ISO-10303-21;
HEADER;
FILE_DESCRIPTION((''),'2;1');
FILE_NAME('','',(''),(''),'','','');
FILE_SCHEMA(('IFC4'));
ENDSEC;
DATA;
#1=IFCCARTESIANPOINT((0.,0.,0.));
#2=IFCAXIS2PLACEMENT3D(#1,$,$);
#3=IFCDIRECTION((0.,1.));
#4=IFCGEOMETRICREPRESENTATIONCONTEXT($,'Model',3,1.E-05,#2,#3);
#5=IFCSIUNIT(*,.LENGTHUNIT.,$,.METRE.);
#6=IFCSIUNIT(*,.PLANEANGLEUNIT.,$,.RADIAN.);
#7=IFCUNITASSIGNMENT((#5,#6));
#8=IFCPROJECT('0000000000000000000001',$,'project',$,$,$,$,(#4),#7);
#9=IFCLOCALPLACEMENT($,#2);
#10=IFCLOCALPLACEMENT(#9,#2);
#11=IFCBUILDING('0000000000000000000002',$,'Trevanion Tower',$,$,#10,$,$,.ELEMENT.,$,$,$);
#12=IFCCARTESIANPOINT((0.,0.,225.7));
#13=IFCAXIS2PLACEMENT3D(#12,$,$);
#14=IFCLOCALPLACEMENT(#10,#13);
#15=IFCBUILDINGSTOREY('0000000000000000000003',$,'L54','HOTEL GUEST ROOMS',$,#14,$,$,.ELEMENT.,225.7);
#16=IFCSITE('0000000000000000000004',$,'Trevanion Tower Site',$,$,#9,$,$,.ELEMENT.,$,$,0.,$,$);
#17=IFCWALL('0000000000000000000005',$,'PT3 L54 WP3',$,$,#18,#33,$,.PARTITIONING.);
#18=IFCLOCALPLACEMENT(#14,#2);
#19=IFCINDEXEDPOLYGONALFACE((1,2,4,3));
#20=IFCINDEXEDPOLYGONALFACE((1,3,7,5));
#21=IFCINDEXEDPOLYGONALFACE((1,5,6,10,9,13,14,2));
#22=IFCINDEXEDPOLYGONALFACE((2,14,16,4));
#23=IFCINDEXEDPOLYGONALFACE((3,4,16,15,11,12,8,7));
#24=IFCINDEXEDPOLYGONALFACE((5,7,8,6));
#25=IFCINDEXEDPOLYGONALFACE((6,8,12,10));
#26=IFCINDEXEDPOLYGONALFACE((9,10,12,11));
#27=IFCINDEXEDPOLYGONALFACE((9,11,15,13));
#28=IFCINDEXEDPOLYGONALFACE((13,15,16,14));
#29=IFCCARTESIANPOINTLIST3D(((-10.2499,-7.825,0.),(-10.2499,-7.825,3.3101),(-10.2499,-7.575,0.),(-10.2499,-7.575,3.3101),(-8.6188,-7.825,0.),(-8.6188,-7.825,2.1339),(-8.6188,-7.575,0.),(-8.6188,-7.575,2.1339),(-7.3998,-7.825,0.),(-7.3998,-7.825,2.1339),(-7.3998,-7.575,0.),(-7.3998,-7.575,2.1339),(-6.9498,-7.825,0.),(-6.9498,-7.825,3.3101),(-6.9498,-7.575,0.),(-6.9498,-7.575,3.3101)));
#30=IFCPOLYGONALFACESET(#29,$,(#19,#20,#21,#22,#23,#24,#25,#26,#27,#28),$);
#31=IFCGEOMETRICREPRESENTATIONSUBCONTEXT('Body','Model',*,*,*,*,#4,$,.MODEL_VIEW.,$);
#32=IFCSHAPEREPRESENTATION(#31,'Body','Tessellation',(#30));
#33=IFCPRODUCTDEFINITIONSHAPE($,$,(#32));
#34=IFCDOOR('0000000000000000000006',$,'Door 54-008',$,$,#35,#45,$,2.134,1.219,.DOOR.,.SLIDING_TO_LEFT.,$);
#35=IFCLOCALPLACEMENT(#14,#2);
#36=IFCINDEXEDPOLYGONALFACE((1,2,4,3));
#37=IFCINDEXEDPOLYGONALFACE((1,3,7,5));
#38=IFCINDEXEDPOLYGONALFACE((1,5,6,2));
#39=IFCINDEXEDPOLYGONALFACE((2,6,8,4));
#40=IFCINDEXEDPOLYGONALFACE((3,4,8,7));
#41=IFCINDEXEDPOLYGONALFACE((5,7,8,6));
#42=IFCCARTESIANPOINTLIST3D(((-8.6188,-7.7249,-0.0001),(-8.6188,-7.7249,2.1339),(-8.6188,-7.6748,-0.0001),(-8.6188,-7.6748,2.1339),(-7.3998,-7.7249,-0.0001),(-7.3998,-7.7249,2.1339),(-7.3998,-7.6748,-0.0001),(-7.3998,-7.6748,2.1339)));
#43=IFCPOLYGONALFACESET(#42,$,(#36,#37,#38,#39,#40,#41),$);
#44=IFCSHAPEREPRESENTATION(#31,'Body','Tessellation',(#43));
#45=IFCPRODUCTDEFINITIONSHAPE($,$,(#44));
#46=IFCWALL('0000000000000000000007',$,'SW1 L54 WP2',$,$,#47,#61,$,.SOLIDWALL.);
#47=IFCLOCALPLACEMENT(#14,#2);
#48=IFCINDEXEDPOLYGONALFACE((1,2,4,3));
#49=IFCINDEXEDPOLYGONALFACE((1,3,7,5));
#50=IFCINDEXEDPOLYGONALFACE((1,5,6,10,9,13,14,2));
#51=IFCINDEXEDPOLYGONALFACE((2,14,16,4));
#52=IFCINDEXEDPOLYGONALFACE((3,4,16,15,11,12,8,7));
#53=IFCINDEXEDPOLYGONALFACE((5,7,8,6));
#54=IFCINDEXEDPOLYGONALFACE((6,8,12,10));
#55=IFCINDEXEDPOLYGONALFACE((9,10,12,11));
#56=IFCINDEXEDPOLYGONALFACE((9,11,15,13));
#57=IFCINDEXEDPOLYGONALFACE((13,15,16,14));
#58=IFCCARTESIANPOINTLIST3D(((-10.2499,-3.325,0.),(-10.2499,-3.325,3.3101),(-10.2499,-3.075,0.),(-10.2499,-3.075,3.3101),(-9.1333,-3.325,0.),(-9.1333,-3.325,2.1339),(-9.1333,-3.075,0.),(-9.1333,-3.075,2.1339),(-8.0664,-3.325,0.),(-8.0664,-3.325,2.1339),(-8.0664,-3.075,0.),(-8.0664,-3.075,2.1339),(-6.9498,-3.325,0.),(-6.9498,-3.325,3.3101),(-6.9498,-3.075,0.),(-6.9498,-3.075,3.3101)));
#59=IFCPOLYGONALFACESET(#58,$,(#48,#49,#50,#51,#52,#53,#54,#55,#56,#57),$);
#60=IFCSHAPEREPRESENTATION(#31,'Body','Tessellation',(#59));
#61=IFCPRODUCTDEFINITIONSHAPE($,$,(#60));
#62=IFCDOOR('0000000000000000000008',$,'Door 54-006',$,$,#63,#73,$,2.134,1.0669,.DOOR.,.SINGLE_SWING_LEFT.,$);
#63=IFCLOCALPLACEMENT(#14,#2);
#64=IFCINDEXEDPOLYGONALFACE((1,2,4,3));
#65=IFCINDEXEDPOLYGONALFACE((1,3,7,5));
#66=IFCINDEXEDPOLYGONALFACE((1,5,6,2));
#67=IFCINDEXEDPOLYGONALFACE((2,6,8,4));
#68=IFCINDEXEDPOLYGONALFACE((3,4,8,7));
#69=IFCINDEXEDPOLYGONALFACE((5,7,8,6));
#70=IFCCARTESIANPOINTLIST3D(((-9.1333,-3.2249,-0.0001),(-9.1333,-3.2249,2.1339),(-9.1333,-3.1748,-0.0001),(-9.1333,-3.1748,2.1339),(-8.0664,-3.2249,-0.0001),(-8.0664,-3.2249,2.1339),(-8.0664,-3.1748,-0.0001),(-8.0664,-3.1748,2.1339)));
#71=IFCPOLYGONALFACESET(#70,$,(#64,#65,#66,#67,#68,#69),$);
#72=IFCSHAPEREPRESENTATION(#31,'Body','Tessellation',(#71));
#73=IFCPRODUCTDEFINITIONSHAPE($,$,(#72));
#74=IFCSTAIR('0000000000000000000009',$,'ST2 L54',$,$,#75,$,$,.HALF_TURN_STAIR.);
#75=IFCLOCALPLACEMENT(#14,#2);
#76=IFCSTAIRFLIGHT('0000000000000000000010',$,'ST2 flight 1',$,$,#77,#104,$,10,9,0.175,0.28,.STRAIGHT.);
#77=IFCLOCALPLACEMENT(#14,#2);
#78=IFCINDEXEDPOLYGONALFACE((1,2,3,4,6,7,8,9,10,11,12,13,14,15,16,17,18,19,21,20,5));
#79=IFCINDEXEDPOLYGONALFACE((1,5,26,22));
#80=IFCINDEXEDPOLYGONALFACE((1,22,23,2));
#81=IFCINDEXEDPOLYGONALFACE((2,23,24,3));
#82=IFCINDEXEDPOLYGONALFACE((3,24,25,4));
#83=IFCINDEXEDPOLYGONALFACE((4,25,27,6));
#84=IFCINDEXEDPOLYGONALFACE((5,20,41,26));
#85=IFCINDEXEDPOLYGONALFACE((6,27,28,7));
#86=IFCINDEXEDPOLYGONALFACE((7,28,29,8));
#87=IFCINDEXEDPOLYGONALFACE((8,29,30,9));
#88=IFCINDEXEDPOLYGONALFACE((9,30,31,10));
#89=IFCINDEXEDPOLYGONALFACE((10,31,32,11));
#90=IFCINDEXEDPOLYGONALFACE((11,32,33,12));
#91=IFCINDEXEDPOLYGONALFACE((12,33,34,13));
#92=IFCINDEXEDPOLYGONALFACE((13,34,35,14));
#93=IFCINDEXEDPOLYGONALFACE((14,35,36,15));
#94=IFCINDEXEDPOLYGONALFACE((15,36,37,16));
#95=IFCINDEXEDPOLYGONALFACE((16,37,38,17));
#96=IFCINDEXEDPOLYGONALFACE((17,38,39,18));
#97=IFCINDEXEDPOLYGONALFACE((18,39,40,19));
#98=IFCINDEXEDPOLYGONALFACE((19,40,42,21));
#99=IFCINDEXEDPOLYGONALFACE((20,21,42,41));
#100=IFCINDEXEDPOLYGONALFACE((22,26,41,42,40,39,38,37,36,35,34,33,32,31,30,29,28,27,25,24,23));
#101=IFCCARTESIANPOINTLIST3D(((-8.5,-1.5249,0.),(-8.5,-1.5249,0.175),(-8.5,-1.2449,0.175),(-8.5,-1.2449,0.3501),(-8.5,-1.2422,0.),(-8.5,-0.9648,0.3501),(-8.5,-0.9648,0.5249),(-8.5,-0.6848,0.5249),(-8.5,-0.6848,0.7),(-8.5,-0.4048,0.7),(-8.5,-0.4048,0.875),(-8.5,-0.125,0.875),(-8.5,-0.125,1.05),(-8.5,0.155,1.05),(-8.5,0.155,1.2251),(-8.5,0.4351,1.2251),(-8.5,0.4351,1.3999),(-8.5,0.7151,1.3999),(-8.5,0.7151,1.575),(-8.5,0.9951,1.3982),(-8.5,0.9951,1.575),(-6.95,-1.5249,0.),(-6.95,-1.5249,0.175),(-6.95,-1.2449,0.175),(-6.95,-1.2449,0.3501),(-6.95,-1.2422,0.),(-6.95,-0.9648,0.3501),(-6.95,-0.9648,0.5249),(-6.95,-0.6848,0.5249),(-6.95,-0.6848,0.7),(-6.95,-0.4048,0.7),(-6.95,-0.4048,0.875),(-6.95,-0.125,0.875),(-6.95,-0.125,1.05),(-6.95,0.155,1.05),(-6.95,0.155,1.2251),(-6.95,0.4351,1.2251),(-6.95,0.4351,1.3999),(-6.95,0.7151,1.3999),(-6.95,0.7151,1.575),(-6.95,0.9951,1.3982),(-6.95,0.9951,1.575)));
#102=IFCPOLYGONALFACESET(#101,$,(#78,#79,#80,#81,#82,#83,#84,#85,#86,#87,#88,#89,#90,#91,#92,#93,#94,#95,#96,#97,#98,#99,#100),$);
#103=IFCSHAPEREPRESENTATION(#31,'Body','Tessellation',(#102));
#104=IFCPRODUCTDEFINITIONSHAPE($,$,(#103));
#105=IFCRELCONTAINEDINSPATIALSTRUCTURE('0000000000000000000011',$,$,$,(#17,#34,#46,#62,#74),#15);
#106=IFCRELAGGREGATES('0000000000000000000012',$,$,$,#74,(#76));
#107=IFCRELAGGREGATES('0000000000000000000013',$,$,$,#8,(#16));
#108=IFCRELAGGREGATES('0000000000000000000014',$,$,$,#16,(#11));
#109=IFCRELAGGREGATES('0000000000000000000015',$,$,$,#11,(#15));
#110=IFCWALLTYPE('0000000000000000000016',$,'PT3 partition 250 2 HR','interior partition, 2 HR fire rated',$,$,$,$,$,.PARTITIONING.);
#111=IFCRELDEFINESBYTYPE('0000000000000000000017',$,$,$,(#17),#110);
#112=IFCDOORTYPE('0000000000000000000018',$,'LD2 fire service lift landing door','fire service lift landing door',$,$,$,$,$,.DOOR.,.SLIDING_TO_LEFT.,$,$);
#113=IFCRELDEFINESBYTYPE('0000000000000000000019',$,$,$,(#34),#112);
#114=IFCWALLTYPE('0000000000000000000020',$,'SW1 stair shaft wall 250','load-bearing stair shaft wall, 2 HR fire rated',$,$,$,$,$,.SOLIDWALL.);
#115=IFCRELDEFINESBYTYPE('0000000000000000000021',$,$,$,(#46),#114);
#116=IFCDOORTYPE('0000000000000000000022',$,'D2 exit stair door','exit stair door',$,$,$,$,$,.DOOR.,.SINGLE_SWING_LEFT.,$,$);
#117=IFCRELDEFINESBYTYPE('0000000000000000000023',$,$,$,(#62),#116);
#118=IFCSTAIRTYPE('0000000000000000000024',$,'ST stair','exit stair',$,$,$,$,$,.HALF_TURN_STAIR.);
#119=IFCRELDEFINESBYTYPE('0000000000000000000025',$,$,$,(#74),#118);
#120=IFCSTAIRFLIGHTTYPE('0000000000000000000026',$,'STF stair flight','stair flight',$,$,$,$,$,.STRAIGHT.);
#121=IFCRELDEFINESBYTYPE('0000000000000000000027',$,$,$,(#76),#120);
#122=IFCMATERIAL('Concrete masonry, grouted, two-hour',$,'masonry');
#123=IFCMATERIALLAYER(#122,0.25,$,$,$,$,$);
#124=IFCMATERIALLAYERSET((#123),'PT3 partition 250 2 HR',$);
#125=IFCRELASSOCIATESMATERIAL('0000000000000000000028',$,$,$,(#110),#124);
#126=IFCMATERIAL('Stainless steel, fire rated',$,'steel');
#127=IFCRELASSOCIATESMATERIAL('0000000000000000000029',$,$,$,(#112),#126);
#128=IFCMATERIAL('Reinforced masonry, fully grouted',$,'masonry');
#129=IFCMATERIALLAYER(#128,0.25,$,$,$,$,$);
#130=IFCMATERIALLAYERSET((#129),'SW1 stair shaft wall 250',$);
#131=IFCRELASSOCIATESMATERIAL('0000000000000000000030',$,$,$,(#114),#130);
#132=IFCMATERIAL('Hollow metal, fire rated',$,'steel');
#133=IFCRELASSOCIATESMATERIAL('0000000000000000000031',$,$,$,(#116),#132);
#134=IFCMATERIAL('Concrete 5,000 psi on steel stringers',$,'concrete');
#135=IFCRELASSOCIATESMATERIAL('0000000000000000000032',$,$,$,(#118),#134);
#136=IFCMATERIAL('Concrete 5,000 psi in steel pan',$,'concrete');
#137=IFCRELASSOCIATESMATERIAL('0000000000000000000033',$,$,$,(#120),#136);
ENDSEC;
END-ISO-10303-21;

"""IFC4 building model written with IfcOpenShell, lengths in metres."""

from ifc_helpers import new_model, si_unit, direction, frame, frame_2d, origin, place, context, subcontext, project, spatial, polyline, rectangle, outline, extrude, material, layer, layer_set, type_object, element, fill, aggregate, save


model = new_model("IFC4")

# Units and contexts
model_context = context("Model", 3, precision=1e-05, world=origin(), true_north=direction((0.0, 1.0)))
body_context = subcontext(model_context, "Body", "Model", "MODEL_VIEW")
ifc_project = project(units=[si_unit("LENGTHUNIT", "METRE"), si_unit("PLANEANGLEUNIT", "RADIAN")], contexts=[model_context])

# Site, building, storey
site_placement = place(None, origin())
site = spatial("IfcSite", under=ifc_project, at=site_placement, Name="Trevanion Tower Site", CompositionType="ELEMENT", RefElevation=0.0)
building_placement = place(site_placement, origin())
building = spatial("IfcBuilding", under=site, at=building_placement, Name="Trevanion Tower", CompositionType="ELEMENT")
storey_placement = place(building_placement, frame((0.0, 0.0, 225.7)))
storey = spatial("IfcBuildingStorey", under=building, at=storey_placement, Name="L54", Description="HOTEL GUEST ROOMS", CompositionType="ELEMENT", Elevation=225.7)

# Walls, openings, doors
ifc_material_1 = material(Name="Concrete masonry, grouted, two-hour", Category="masonry")
ifc_layer_1 = layer(ifc_material_1, 0.25)
ifc_layer_set_1 = layer_set([ifc_layer_1], Name="PT3 partition 250 2 HR")
wall_type_1 = type_object("IfcWallType", Name="PT3 partition 250 2 HR", Description="interior partition, 2 HR fire rated", PredefinedType="PARTITIONING", material=ifc_layer_set_1)
wall_1_placement = place(storey_placement, frame((-6.95, -7.7, 0.0), z_axis=(0.0, 0.0, 1.0), x_axis=(-1.0, 0.0, 0.0)))
wall_1 = element("IfcWall", 1, at=wall_1_placement, inside=storey, type_object=wall_type_1, Name="PT3 L54 WP3", PredefinedType="PARTITIONING", context=body_context, shape_type="SweptSolid", body=[
    extrude(rectangle(XDim=3.3, YDim=0.25, at=frame_2d((1.6499, 0.0))), origin(), (0.0, 0.0, 1.0), 3.3101),
])
opening_1_placement = place(wall_1_placement, frame((0.45, 0.0, 0.0)))
opening_1 = element("IfcOpeningElement", 2, at=opening_1_placement, cuts=wall_1, PredefinedType="OPENING", context=body_context, shape_type="SweptSolid", body=[
    extrude(rectangle(XDim=1.219, YDim=2.134, at=frame_2d((0.6094, 1.0669))), frame((0.0, 0.135, 0.0), z_axis=(0.0, -1.0, 0.0), x_axis=(1.0, 0.0, 0.0)), (0.0, 0.0, 1.0), 0.27),
])
ifc_material_2 = material(Name="Stainless steel, fire rated", Category="steel")
door_type_1 = type_object("IfcDoorType", Name="LD2 fire service lift landing door", Description="fire service lift landing door", OperationType="SLIDING_TO_LEFT", PredefinedType="DOOR", material=ifc_material_2)
door_1_placement = place(opening_1_placement, origin())
door_1 = element("IfcDoor", 3, at=door_1_placement, inside=storey, type_object=door_type_1, Name="Door 54-008", OperationType="SLIDING_TO_LEFT", OverallHeight=2.134, OverallWidth=1.219, PredefinedType="DOOR", context=body_context, shape_type="SweptSolid", body=[
    extrude(rectangle(XDim=1.219, YDim=2.134, at=frame_2d((0.6094, 1.0669))), frame((0.0, 0.0249, 0.0), z_axis=(0.0, -1.0, 0.0), x_axis=(1.0, 0.0, 0.0)), (0.0, 0.0, 1.0), 0.05),
])
fill(opening_1, door_1)
ifc_material_3 = material(Name="Reinforced masonry, fully grouted", Category="masonry")
ifc_layer_2 = layer(ifc_material_3, 0.25)
ifc_layer_set_2 = layer_set([ifc_layer_2], Name="SW1 stair shaft wall 250")
wall_type_2 = type_object("IfcWallType", Name="SW1 stair shaft wall 250", Description="load-bearing stair shaft wall, 2 HR fire rated", PredefinedType="SOLIDWALL", material=ifc_layer_set_2)
wall_2_placement = place(storey_placement, frame((-6.95, -3.2, 0.0), z_axis=(0.0, 0.0, 1.0), x_axis=(-1.0, 0.0, 0.0)))
wall_2 = element("IfcWall", 4, at=wall_2_placement, inside=storey, type_object=wall_type_2, Name="SW1 L54 WP2", PredefinedType="SOLIDWALL", context=body_context, shape_type="SweptSolid", body=[
    extrude(rectangle(XDim=3.3, YDim=0.25, at=frame_2d((1.6499, 0.0))), origin(), (0.0, 0.0, 1.0), 3.3101),
])
opening_2_placement = place(wall_2_placement, frame((1.1165, 0.0, 0.0)))
opening_2 = element("IfcOpeningElement", 5, at=opening_2_placement, cuts=wall_2, PredefinedType="OPENING", context=body_context, shape_type="SweptSolid", body=[
    extrude(rectangle(XDim=1.0669, YDim=2.134, at=frame_2d((0.5334, 1.0669))), frame((0.0, 0.135, 0.0), z_axis=(0.0, -1.0, 0.0), x_axis=(1.0, 0.0, 0.0)), (0.0, 0.0, 1.0), 0.27),
])
ifc_material_4 = material(Name="Hollow metal, fire rated", Category="steel")
door_type_2 = type_object("IfcDoorType", Name="D2 exit stair door", Description="exit stair door", OperationType="SINGLE_SWING_LEFT", PredefinedType="DOOR", material=ifc_material_4)
door_2_placement = place(opening_2_placement, origin())
door_2 = element("IfcDoor", 6, at=door_2_placement, inside=storey, type_object=door_type_2, Name="Door 54-006", OperationType="SINGLE_SWING_LEFT", OverallHeight=2.134, OverallWidth=1.0669, PredefinedType="DOOR", context=body_context, shape_type="SweptSolid", body=[
    extrude(rectangle(XDim=1.0669, YDim=2.134, at=frame_2d((0.5334, 1.0669))), frame((0.0, 0.0249, 0.0), z_axis=(0.0, -1.0, 0.0), x_axis=(1.0, 0.0, 0.0)), (0.0, 0.0, 1.0), 0.05),
])
fill(opening_2, door_2)

# Stair, stair flight
ifc_material_5 = material(Name="Concrete 5,000 psi on steel stringers", Category="concrete")
stair_type = type_object("IfcStairType", Name="ST stair", Description="exit stair", PredefinedType="HALF_TURN_STAIR", material=ifc_material_5)
stair_placement = place(storey_placement, origin())
stair = element("IfcStair", 7, at=stair_placement, inside=storey, type_object=stair_type, Name="ST2 L54", PredefinedType="HALF_TURN_STAIR")
ifc_material_6 = material(Name="Concrete 5,000 psi in steel pan", Category="concrete")
stair_flight_type = type_object("IfcStairFlightType", Name="STF stair flight", Description="stair flight", PredefinedType="STRAIGHT", material=ifc_material_6)
stair_flight_placement = place(storey_placement, frame((-7.7251, -1.5249, 0.0), z_axis=(0.0, 0.0, 1.0), x_axis=(0.0, 1.0, 0.0)))
stair_flight = element("IfcStairFlight", 8, at=stair_flight_placement, type_object=stair_flight_type, Name="ST2 flight 1", NumberOfRisers=10, NumberOfTreads=9, PredefinedType="STRAIGHT", RiserHeight=0.175, TreadLength=0.28, context=body_context, shape_type="SweptSolid", body=[
    extrude(outline(polyline([(0.0, 0.0), (0.0, 0.175), (0.28, 0.175), (0.28, 0.3501), (0.5601, 0.3501), (0.5601, 0.5249), (0.8401, 0.5249), (0.8401, 0.7), (1.1201, 0.7), (1.1201, 0.875), (1.3999, 0.875), (1.3999, 1.05), (1.6799, 1.05), (1.6799, 1.2251), (1.96, 1.2251), (1.96, 1.3999), (2.24, 1.3999), (2.24, 1.575), (2.52, 1.575), (2.52, 1.75), (2.52, 1.3982), (0.2827, 0.0), (0.0, 0.0)])), frame((0.0, 0.7749, 0.0), z_axis=(0.0, -1.0, 0.0), x_axis=(1.0, 0.0, 0.0)), (0.0, 0.0, 1.0), 1.55),
])
aggregate(stair, [stair_flight])

save(model, "model.ifc")
